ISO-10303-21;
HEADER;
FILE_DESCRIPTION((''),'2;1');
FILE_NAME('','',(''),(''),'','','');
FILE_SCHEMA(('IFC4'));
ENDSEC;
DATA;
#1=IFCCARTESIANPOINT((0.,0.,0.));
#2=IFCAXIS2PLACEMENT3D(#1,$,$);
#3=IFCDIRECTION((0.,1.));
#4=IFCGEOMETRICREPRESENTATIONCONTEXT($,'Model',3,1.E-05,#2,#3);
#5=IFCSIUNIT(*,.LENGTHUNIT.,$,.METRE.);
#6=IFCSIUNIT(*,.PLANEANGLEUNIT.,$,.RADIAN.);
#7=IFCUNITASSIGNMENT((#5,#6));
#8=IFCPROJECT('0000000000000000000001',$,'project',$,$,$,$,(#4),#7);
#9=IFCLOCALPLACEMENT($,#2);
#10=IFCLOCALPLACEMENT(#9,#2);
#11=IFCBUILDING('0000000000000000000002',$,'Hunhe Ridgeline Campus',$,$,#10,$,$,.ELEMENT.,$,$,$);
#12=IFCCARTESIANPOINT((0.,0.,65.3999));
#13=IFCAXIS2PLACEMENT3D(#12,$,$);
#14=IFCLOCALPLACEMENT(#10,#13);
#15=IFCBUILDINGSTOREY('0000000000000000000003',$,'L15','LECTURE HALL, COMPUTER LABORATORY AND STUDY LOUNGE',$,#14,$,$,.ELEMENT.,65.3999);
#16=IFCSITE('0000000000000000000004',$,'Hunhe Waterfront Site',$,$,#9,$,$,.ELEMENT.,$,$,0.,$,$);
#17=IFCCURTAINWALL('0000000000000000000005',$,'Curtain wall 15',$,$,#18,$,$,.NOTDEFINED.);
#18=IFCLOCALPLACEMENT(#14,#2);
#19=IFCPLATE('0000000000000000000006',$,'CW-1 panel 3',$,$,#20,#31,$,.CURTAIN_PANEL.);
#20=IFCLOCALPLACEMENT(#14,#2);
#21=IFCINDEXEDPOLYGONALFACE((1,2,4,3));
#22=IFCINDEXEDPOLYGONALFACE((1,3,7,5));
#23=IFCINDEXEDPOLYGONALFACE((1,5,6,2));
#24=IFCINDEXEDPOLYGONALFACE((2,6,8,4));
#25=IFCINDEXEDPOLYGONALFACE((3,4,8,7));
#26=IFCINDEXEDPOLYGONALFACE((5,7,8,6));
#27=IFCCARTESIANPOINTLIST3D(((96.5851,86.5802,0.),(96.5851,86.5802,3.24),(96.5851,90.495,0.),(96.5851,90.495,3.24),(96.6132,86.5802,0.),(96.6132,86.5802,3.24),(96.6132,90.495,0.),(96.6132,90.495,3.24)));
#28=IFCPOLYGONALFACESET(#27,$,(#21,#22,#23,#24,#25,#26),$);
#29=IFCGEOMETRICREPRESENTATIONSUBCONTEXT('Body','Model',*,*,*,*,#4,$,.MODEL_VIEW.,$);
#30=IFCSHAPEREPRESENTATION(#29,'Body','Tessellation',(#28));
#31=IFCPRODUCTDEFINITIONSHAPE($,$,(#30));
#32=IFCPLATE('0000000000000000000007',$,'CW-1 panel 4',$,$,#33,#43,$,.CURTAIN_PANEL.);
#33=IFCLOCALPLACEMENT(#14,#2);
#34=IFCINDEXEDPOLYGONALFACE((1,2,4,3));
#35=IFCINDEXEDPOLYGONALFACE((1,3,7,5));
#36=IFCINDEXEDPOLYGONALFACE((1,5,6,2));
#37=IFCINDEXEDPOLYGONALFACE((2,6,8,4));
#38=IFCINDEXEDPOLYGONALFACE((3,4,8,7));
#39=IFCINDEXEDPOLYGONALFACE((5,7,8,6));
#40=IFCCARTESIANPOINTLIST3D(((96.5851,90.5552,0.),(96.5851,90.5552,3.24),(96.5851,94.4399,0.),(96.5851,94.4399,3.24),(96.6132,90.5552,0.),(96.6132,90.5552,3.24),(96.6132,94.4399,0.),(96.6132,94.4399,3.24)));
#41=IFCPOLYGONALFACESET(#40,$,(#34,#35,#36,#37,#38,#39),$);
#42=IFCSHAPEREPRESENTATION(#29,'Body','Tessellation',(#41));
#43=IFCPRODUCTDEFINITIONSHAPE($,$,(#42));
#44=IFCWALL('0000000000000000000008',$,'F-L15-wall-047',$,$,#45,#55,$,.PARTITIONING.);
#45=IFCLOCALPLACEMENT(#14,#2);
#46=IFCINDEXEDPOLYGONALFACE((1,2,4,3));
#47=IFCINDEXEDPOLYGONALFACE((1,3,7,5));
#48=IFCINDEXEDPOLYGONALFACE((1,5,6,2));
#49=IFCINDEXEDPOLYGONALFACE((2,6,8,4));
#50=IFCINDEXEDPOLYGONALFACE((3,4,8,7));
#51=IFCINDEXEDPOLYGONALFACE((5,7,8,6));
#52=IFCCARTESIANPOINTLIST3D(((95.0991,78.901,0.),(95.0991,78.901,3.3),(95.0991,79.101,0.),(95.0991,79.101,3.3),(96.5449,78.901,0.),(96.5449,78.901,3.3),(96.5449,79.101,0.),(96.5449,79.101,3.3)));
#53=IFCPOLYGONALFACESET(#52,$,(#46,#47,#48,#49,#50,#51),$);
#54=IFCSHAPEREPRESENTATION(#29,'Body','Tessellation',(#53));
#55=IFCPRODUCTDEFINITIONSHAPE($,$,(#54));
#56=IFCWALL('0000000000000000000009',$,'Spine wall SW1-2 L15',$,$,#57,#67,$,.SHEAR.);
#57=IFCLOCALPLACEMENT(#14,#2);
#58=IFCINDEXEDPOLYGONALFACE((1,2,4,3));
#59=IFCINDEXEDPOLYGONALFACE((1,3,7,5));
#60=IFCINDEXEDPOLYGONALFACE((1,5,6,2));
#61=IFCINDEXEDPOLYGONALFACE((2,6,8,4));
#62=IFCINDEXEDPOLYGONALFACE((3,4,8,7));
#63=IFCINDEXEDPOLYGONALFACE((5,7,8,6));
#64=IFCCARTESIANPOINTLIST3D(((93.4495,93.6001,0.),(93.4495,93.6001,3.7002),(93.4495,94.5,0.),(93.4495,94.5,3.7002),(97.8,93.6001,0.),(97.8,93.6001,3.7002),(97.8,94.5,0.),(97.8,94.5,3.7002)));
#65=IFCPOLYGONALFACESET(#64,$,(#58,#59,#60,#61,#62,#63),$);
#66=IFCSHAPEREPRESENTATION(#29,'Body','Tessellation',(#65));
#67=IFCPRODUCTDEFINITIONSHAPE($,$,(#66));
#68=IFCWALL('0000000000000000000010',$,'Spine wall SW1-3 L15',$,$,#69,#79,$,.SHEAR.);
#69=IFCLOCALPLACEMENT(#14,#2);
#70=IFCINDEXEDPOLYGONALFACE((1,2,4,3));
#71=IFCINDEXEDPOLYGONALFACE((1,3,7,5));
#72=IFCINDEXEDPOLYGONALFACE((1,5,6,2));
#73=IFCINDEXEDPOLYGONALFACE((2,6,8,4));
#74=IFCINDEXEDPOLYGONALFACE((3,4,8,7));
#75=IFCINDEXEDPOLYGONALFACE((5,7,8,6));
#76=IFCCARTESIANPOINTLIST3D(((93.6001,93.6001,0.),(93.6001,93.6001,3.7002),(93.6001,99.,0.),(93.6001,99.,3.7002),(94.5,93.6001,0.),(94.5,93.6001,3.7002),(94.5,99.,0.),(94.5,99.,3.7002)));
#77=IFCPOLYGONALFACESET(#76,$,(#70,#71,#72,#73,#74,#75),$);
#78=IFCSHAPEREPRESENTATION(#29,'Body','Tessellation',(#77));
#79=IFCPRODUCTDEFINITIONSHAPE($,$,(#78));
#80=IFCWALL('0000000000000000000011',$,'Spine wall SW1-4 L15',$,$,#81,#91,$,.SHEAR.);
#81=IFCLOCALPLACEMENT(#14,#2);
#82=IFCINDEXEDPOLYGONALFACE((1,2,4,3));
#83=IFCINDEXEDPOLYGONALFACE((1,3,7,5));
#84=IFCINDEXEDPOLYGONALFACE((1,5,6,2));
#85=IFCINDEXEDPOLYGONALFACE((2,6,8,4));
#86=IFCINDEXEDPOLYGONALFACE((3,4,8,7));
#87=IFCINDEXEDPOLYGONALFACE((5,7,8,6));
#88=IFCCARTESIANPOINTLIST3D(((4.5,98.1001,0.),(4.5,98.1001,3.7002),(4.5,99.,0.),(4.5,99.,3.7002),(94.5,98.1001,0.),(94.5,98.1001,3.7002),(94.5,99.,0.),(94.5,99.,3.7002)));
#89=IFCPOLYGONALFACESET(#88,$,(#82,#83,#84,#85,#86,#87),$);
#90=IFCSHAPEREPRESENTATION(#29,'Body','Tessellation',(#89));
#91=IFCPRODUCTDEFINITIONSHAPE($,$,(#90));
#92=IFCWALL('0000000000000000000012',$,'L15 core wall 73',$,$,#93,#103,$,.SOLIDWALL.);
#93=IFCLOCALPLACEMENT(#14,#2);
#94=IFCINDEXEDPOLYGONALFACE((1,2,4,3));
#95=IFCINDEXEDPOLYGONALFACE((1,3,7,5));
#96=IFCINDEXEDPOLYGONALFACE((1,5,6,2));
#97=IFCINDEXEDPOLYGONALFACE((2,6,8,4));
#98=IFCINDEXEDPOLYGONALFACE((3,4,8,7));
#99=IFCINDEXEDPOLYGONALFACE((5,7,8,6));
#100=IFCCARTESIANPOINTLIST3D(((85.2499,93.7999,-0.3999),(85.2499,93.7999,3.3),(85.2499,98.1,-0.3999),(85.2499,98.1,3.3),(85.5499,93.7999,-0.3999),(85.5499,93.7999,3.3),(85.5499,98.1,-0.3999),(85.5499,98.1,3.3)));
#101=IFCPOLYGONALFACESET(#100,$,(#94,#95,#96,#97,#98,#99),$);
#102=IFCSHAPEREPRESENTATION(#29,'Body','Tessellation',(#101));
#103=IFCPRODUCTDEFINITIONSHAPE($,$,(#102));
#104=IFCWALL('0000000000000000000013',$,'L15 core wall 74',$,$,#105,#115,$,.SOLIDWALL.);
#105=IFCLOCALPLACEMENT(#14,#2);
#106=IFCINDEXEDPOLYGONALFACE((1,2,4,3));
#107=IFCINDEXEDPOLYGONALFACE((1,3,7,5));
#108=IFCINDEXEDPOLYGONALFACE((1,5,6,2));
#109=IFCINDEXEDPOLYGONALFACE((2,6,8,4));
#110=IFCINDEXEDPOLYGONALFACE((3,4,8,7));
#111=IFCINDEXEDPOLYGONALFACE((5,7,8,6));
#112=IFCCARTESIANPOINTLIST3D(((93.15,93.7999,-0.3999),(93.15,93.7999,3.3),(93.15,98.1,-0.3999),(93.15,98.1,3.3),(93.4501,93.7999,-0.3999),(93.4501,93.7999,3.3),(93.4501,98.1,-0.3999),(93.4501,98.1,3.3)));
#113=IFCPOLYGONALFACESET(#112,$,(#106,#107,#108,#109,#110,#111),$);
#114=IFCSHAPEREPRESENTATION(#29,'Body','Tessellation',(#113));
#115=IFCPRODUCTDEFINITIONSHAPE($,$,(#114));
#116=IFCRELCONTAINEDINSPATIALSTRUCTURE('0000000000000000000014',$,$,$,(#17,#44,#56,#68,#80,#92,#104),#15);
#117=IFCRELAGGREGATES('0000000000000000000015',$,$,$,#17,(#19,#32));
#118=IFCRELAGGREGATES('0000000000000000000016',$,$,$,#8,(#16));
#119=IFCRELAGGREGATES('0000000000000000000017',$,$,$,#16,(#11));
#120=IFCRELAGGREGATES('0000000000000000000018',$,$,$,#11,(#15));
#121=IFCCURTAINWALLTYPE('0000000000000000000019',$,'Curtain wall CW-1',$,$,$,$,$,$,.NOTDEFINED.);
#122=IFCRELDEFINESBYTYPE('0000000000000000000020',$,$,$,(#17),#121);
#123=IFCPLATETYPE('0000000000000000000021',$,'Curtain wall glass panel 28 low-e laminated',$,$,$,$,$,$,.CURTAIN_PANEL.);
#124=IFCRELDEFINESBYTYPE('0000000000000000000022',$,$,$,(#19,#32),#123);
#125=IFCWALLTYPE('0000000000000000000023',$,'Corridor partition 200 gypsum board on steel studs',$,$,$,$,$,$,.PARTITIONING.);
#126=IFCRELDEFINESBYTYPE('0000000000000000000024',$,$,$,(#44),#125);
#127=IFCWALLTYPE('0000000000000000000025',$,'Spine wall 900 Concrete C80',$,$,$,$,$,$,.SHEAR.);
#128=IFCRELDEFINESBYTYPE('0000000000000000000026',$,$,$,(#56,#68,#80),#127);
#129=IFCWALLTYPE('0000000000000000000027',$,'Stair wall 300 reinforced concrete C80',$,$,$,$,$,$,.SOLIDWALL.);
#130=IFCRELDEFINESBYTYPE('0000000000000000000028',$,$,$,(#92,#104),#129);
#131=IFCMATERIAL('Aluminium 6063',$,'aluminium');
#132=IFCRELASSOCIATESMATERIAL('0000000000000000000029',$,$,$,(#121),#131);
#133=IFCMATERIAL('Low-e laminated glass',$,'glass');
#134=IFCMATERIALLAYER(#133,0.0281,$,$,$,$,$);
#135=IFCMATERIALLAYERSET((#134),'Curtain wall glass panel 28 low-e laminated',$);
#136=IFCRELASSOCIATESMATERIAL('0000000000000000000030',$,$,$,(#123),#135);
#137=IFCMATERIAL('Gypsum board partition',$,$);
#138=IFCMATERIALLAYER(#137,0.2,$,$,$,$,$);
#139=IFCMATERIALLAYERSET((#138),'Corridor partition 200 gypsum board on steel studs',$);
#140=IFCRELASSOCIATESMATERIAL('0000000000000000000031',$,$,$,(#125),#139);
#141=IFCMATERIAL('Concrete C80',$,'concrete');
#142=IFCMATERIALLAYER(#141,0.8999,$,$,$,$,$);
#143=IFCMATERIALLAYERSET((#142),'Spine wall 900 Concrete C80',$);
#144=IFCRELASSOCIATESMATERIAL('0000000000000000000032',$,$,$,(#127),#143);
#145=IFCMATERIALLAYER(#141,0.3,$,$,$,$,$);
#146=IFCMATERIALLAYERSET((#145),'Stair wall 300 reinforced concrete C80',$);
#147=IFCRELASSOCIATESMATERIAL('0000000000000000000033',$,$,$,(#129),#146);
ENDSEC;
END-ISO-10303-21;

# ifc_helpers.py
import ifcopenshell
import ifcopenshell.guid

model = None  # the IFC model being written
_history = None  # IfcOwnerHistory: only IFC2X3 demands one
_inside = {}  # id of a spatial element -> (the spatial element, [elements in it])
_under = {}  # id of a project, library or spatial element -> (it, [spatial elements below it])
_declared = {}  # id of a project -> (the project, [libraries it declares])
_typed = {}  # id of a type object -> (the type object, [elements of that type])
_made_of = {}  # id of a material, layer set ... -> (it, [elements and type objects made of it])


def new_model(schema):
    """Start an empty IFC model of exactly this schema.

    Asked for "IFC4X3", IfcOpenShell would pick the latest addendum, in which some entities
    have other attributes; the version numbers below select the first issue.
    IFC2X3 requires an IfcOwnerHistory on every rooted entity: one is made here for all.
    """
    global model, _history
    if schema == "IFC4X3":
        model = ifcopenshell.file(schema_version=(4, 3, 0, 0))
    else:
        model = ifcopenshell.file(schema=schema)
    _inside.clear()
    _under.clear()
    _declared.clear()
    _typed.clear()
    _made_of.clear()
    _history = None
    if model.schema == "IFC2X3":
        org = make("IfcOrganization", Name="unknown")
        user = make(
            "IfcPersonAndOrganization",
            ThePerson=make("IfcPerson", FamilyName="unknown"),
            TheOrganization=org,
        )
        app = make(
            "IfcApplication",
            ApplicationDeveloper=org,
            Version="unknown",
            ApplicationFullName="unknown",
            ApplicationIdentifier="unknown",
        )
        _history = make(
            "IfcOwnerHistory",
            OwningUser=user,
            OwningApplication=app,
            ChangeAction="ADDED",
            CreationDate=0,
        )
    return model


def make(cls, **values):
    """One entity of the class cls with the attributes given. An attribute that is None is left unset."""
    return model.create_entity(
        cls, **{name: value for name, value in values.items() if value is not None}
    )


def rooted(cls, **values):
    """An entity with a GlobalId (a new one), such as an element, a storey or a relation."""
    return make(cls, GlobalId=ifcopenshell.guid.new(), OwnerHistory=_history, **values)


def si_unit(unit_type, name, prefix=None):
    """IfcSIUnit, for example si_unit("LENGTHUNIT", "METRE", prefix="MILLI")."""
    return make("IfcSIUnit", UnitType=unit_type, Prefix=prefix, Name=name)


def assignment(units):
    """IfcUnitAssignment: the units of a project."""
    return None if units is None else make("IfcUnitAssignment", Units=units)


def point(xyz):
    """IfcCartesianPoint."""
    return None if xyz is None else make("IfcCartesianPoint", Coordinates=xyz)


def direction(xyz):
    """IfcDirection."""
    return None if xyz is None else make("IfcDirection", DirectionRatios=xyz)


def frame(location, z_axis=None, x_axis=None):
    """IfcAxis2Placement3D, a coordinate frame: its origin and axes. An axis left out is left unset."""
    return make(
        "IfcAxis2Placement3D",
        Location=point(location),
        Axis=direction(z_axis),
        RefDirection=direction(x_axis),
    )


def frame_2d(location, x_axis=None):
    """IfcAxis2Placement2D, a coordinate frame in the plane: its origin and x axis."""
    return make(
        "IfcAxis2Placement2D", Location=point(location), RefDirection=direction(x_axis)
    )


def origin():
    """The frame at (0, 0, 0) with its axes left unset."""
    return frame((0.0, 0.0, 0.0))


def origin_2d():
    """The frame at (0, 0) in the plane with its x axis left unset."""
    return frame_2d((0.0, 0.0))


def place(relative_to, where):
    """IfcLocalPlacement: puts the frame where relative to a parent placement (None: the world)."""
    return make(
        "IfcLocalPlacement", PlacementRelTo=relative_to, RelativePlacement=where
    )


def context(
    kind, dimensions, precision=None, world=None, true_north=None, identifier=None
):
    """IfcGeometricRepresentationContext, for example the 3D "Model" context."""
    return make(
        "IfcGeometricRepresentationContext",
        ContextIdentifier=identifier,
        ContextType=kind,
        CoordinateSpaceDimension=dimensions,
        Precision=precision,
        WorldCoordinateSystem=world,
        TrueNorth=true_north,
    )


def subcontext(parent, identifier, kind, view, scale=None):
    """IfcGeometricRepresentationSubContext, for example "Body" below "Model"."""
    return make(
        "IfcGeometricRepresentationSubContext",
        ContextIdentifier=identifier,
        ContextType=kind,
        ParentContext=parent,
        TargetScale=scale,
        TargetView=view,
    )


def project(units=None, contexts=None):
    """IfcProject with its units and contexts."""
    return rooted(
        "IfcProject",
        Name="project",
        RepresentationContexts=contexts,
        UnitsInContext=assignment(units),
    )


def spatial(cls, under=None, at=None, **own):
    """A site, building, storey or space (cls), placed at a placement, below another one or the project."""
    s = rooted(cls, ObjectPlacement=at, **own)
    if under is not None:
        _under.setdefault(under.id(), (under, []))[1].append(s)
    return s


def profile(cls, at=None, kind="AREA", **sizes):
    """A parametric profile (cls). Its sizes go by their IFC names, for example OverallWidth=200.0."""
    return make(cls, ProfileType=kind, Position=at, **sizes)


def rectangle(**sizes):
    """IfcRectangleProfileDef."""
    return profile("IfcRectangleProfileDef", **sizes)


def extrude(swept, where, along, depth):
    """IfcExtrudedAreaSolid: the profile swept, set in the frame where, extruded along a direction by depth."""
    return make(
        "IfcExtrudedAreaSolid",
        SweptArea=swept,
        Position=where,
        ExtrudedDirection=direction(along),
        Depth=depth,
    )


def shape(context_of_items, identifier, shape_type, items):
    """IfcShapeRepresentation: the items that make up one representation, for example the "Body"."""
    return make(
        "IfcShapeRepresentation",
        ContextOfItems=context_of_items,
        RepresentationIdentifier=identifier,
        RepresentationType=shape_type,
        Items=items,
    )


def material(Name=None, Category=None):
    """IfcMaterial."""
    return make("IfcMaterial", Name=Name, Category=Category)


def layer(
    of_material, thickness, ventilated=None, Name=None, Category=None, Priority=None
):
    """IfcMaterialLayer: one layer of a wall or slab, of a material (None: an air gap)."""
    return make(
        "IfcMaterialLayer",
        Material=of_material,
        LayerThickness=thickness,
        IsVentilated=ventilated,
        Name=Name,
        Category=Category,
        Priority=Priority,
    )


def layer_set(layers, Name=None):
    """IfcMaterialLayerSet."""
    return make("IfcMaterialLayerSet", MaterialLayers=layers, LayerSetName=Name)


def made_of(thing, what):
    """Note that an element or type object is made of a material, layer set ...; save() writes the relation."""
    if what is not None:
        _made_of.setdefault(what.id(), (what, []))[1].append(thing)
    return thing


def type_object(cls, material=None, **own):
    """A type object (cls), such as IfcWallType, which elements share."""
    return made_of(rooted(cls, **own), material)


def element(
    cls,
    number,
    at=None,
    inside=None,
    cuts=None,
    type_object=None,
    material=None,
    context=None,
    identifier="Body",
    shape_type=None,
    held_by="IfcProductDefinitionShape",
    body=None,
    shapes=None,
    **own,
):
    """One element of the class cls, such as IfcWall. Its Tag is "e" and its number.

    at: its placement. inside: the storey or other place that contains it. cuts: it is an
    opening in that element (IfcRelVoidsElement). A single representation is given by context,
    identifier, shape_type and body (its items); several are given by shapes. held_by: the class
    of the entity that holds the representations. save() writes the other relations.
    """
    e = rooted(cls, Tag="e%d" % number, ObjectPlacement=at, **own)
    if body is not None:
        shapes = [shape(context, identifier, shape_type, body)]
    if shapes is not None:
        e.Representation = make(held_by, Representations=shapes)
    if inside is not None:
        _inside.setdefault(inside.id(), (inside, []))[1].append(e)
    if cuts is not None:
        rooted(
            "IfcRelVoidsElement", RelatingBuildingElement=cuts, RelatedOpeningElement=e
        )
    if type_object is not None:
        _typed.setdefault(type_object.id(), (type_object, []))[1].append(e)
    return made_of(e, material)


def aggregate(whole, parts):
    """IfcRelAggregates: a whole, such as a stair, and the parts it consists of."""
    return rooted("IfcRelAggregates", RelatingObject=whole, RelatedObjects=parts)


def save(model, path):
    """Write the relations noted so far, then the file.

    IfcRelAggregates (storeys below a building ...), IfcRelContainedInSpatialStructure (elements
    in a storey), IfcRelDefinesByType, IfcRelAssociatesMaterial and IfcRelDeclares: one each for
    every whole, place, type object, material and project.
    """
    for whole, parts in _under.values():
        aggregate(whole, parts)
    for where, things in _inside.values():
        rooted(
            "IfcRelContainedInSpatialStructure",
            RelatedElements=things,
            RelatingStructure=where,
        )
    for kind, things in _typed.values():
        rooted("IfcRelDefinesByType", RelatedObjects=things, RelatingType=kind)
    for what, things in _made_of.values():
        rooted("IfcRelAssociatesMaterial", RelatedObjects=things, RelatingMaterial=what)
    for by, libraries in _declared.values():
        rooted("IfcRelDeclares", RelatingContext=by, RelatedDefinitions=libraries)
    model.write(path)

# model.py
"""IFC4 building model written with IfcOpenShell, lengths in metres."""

from ifc_helpers import new_model, si_unit, direction, frame, frame_2d, origin, origin_2d, place, context, subcontext, project, spatial, rectangle, extrude, material, layer, layer_set, type_object, element, aggregate, save


model = new_model("IFC4")

# Units and contexts
model_context = context("Model", 3, precision=1e-05, world=origin(), true_north=direction((0.0, 1.0)))
body_context = subcontext(model_context, "Body", "Model", "MODEL_VIEW")
ifc_project = project(units=[si_unit("LENGTHUNIT", "METRE"), si_unit("PLANEANGLEUNIT", "RADIAN")], contexts=[model_context])

# Site, building, storey
site_placement = place(None, origin())
site = spatial("IfcSite", under=ifc_project, at=site_placement, Name="Hunhe Waterfront Site", CompositionType="ELEMENT", RefElevation=0.0)
building_placement = place(site_placement, origin())
building = spatial("IfcBuilding", under=site, at=building_placement, Name="Hunhe Ridgeline Campus", CompositionType="ELEMENT")
storey_placement = place(building_placement, frame((0.0, 0.0, 65.3999)))
storey = spatial("IfcBuildingStorey", under=building, at=storey_placement, Name="L15", Description="LECTURE HALL, COMPUTER LABORATORY AND STUDY LOUNGE", CompositionType="ELEMENT", Elevation=65.3999)

# Shared definitions
ifc_material_1 = material(Name="Concrete C80", Category="concrete")

# Curtain wall
ifc_material_2 = material(Name="Aluminium 6063", Category="aluminium")
curtain_wall_type = type_object("IfcCurtainWallType", Name="Curtain wall CW-1", PredefinedType="NOTDEFINED", material=ifc_material_2)
curtain_wall_placement = place(storey_placement, origin())
curtain_wall = element("IfcCurtainWall", 1, at=curtain_wall_placement, inside=storey, type_object=curtain_wall_type, Name="Curtain wall 15", PredefinedType="NOTDEFINED")

# Plates
ifc_material_3 = material(Name="Low-e laminated glass", Category="glass")
ifc_layer_1 = layer(ifc_material_3, 0.0281)
ifc_layer_set_1 = layer_set([ifc_layer_1], Name="Curtain wall glass panel 28 low-e laminated")
plate_type = type_object("IfcPlateType", Name="Curtain wall glass panel 28 low-e laminated", PredefinedType="CURTAIN_PANEL", material=ifc_layer_set_1)
plate_1_placement = place(storey_placement, frame((96.5991, 88.5376, 0.0), z_axis=(0.0, 0.0, 1.0), x_axis=(0.0, 1.0, 0.0)))
plate_1 = element("IfcPlate", 2, at=plate_1_placement, type_object=plate_type, Name="CW-1 panel 3", PredefinedType="CURTAIN_PANEL", context=body_context, shape_type="SweptSolid", body=[
    extrude(rectangle(XDim=3.9148, YDim=0.0281, at=origin_2d()), origin(), (0.0, 0.0, 1.0), 3.24),
])
plate_2_placement = place(storey_placement, frame((96.5991, 92.4976, 0.0), z_axis=(0.0, 0.0, 1.0), x_axis=(0.0, 1.0, 0.0)))
plate_2 = element("IfcPlate", 3, at=plate_2_placement, type_object=plate_type, Name="CW-1 panel 4", PredefinedType="CURTAIN_PANEL", context=body_context, shape_type="SweptSolid", body=[
    extrude(rectangle(XDim=3.8848, YDim=0.0281, at=origin_2d()), origin(), (0.0, 0.0, 1.0), 3.24),
])
aggregate(curtain_wall, [plate_1, plate_2])

# Wall
ifc_material_4 = material(Name="Gypsum board partition")
ifc_layer_2 = layer(ifc_material_4, 0.2)
ifc_layer_set_2 = layer_set([ifc_layer_2], Name="Corridor partition 200 gypsum board on steel studs")
wall_type_1 = type_object("IfcWallType", Name="Corridor partition 200 gypsum board on steel studs", PredefinedType="PARTITIONING", material=ifc_layer_set_2)
wall_1_placement = place(storey_placement, frame((95.0991, 79.001, 0.0), z_axis=(0.0, 0.0, 1.0), x_axis=(1.0, 0.0, 0.0)))
element("IfcWall", 4, at=wall_1_placement, inside=storey, type_object=wall_type_1, Name="F-L15-wall-047", PredefinedType="PARTITIONING", context=body_context, shape_type="SweptSolid", body=[
    extrude(rectangle(XDim=1.4458, YDim=0.2, at=frame_2d((0.7229, 0.0))), origin(), (0.0, 0.0, 1.0), 3.3),
])

# Walls
ifc_layer_3 = layer(ifc_material_1, 0.8999)
ifc_layer_set_3 = layer_set([ifc_layer_3], Name="Spine wall 900 Concrete C80")
wall_type_2 = type_object("IfcWallType", Name="Spine wall 900 Concrete C80", PredefinedType="SHEAR", material=ifc_layer_set_3)
wall_2_placement = place(storey_placement, frame((97.8, 94.05, 0.0), z_axis=(0.0, 0.0, 1.0), x_axis=(-1.0, 0.0, 0.0)))
element("IfcWall", 5, at=wall_2_placement, inside=storey, type_object=wall_type_2, Name="Spine wall SW1-2 L15", PredefinedType="SHEAR", context=body_context, shape_type="SweptSolid", body=[
    extrude(rectangle(XDim=4.3506, YDim=0.8999, at=frame_2d((2.1753, 0.0))), origin(), (0.0, 0.0, 1.0), 3.7002),
])
wall_3_placement = place(storey_placement, frame((94.05, 93.6001, 0.0), z_axis=(0.0, 0.0, 1.0), x_axis=(0.0, 1.0, 0.0)))
element("IfcWall", 6, at=wall_3_placement, inside=storey, type_object=wall_type_2, Name="Spine wall SW1-3 L15", PredefinedType="SHEAR", context=body_context, shape_type="SweptSolid", body=[
    extrude(rectangle(XDim=5.3999, YDim=0.8999, at=frame_2d((2.7, 0.0))), origin(), (0.0, 0.0, 1.0), 3.7002),
])
wall_4_placement = place(storey_placement, frame((94.5, 98.55, 0.0), z_axis=(0.0, 0.0, 1.0), x_axis=(-1.0, 0.0, 0.0)))
element("IfcWall", 7, at=wall_4_placement, inside=storey, type_object=wall_type_2, Name="Spine wall SW1-4 L15", PredefinedType="SHEAR", context=body_context, shape_type="SweptSolid", body=[
    extrude(rectangle(XDim=90.0, YDim=0.8999, at=frame_2d((45.0, 0.0))), origin(), (0.0, 0.0, 1.0), 3.7002),
])

# Shared definitions
ifc_layer_4 = layer(ifc_material_1, 0.3)
ifc_layer_set_4 = layer_set([ifc_layer_4], Name="Stair wall 300 reinforced concrete C80")
wall_type_3 = type_object("IfcWallType", Name="Stair wall 300 reinforced concrete C80", PredefinedType="SOLIDWALL", material=ifc_layer_set_4)

# Walls
for number, where, z_axis, x_axis, name in (
    (8, (85.3999, 93.8, -0.3999), (0.0, 0.0, 1.0), (0.0, 1.0, 0.0), "L15 core wall 73"),
    (9, (93.3, 93.8, -0.3999), (0.0, 0.0, 1.0), (0.0, 1.0, 0.0), "L15 core wall 74"),
):
    element("IfcWall", number, at=place(storey_placement, frame(where, z_axis=z_axis, x_axis=x_axis)), inside=storey, type_object=wall_type_3, Name=name, PredefinedType="SOLIDWALL", context=body_context, shape_type="SweptSolid", body=[
        extrude(rectangle(XDim=4.3, YDim=0.3, at=frame_2d((2.1499, 0.0))), origin(), (0.0, 0.0, 1.0), 3.7),
    ])

save(model, "model.ifc")
